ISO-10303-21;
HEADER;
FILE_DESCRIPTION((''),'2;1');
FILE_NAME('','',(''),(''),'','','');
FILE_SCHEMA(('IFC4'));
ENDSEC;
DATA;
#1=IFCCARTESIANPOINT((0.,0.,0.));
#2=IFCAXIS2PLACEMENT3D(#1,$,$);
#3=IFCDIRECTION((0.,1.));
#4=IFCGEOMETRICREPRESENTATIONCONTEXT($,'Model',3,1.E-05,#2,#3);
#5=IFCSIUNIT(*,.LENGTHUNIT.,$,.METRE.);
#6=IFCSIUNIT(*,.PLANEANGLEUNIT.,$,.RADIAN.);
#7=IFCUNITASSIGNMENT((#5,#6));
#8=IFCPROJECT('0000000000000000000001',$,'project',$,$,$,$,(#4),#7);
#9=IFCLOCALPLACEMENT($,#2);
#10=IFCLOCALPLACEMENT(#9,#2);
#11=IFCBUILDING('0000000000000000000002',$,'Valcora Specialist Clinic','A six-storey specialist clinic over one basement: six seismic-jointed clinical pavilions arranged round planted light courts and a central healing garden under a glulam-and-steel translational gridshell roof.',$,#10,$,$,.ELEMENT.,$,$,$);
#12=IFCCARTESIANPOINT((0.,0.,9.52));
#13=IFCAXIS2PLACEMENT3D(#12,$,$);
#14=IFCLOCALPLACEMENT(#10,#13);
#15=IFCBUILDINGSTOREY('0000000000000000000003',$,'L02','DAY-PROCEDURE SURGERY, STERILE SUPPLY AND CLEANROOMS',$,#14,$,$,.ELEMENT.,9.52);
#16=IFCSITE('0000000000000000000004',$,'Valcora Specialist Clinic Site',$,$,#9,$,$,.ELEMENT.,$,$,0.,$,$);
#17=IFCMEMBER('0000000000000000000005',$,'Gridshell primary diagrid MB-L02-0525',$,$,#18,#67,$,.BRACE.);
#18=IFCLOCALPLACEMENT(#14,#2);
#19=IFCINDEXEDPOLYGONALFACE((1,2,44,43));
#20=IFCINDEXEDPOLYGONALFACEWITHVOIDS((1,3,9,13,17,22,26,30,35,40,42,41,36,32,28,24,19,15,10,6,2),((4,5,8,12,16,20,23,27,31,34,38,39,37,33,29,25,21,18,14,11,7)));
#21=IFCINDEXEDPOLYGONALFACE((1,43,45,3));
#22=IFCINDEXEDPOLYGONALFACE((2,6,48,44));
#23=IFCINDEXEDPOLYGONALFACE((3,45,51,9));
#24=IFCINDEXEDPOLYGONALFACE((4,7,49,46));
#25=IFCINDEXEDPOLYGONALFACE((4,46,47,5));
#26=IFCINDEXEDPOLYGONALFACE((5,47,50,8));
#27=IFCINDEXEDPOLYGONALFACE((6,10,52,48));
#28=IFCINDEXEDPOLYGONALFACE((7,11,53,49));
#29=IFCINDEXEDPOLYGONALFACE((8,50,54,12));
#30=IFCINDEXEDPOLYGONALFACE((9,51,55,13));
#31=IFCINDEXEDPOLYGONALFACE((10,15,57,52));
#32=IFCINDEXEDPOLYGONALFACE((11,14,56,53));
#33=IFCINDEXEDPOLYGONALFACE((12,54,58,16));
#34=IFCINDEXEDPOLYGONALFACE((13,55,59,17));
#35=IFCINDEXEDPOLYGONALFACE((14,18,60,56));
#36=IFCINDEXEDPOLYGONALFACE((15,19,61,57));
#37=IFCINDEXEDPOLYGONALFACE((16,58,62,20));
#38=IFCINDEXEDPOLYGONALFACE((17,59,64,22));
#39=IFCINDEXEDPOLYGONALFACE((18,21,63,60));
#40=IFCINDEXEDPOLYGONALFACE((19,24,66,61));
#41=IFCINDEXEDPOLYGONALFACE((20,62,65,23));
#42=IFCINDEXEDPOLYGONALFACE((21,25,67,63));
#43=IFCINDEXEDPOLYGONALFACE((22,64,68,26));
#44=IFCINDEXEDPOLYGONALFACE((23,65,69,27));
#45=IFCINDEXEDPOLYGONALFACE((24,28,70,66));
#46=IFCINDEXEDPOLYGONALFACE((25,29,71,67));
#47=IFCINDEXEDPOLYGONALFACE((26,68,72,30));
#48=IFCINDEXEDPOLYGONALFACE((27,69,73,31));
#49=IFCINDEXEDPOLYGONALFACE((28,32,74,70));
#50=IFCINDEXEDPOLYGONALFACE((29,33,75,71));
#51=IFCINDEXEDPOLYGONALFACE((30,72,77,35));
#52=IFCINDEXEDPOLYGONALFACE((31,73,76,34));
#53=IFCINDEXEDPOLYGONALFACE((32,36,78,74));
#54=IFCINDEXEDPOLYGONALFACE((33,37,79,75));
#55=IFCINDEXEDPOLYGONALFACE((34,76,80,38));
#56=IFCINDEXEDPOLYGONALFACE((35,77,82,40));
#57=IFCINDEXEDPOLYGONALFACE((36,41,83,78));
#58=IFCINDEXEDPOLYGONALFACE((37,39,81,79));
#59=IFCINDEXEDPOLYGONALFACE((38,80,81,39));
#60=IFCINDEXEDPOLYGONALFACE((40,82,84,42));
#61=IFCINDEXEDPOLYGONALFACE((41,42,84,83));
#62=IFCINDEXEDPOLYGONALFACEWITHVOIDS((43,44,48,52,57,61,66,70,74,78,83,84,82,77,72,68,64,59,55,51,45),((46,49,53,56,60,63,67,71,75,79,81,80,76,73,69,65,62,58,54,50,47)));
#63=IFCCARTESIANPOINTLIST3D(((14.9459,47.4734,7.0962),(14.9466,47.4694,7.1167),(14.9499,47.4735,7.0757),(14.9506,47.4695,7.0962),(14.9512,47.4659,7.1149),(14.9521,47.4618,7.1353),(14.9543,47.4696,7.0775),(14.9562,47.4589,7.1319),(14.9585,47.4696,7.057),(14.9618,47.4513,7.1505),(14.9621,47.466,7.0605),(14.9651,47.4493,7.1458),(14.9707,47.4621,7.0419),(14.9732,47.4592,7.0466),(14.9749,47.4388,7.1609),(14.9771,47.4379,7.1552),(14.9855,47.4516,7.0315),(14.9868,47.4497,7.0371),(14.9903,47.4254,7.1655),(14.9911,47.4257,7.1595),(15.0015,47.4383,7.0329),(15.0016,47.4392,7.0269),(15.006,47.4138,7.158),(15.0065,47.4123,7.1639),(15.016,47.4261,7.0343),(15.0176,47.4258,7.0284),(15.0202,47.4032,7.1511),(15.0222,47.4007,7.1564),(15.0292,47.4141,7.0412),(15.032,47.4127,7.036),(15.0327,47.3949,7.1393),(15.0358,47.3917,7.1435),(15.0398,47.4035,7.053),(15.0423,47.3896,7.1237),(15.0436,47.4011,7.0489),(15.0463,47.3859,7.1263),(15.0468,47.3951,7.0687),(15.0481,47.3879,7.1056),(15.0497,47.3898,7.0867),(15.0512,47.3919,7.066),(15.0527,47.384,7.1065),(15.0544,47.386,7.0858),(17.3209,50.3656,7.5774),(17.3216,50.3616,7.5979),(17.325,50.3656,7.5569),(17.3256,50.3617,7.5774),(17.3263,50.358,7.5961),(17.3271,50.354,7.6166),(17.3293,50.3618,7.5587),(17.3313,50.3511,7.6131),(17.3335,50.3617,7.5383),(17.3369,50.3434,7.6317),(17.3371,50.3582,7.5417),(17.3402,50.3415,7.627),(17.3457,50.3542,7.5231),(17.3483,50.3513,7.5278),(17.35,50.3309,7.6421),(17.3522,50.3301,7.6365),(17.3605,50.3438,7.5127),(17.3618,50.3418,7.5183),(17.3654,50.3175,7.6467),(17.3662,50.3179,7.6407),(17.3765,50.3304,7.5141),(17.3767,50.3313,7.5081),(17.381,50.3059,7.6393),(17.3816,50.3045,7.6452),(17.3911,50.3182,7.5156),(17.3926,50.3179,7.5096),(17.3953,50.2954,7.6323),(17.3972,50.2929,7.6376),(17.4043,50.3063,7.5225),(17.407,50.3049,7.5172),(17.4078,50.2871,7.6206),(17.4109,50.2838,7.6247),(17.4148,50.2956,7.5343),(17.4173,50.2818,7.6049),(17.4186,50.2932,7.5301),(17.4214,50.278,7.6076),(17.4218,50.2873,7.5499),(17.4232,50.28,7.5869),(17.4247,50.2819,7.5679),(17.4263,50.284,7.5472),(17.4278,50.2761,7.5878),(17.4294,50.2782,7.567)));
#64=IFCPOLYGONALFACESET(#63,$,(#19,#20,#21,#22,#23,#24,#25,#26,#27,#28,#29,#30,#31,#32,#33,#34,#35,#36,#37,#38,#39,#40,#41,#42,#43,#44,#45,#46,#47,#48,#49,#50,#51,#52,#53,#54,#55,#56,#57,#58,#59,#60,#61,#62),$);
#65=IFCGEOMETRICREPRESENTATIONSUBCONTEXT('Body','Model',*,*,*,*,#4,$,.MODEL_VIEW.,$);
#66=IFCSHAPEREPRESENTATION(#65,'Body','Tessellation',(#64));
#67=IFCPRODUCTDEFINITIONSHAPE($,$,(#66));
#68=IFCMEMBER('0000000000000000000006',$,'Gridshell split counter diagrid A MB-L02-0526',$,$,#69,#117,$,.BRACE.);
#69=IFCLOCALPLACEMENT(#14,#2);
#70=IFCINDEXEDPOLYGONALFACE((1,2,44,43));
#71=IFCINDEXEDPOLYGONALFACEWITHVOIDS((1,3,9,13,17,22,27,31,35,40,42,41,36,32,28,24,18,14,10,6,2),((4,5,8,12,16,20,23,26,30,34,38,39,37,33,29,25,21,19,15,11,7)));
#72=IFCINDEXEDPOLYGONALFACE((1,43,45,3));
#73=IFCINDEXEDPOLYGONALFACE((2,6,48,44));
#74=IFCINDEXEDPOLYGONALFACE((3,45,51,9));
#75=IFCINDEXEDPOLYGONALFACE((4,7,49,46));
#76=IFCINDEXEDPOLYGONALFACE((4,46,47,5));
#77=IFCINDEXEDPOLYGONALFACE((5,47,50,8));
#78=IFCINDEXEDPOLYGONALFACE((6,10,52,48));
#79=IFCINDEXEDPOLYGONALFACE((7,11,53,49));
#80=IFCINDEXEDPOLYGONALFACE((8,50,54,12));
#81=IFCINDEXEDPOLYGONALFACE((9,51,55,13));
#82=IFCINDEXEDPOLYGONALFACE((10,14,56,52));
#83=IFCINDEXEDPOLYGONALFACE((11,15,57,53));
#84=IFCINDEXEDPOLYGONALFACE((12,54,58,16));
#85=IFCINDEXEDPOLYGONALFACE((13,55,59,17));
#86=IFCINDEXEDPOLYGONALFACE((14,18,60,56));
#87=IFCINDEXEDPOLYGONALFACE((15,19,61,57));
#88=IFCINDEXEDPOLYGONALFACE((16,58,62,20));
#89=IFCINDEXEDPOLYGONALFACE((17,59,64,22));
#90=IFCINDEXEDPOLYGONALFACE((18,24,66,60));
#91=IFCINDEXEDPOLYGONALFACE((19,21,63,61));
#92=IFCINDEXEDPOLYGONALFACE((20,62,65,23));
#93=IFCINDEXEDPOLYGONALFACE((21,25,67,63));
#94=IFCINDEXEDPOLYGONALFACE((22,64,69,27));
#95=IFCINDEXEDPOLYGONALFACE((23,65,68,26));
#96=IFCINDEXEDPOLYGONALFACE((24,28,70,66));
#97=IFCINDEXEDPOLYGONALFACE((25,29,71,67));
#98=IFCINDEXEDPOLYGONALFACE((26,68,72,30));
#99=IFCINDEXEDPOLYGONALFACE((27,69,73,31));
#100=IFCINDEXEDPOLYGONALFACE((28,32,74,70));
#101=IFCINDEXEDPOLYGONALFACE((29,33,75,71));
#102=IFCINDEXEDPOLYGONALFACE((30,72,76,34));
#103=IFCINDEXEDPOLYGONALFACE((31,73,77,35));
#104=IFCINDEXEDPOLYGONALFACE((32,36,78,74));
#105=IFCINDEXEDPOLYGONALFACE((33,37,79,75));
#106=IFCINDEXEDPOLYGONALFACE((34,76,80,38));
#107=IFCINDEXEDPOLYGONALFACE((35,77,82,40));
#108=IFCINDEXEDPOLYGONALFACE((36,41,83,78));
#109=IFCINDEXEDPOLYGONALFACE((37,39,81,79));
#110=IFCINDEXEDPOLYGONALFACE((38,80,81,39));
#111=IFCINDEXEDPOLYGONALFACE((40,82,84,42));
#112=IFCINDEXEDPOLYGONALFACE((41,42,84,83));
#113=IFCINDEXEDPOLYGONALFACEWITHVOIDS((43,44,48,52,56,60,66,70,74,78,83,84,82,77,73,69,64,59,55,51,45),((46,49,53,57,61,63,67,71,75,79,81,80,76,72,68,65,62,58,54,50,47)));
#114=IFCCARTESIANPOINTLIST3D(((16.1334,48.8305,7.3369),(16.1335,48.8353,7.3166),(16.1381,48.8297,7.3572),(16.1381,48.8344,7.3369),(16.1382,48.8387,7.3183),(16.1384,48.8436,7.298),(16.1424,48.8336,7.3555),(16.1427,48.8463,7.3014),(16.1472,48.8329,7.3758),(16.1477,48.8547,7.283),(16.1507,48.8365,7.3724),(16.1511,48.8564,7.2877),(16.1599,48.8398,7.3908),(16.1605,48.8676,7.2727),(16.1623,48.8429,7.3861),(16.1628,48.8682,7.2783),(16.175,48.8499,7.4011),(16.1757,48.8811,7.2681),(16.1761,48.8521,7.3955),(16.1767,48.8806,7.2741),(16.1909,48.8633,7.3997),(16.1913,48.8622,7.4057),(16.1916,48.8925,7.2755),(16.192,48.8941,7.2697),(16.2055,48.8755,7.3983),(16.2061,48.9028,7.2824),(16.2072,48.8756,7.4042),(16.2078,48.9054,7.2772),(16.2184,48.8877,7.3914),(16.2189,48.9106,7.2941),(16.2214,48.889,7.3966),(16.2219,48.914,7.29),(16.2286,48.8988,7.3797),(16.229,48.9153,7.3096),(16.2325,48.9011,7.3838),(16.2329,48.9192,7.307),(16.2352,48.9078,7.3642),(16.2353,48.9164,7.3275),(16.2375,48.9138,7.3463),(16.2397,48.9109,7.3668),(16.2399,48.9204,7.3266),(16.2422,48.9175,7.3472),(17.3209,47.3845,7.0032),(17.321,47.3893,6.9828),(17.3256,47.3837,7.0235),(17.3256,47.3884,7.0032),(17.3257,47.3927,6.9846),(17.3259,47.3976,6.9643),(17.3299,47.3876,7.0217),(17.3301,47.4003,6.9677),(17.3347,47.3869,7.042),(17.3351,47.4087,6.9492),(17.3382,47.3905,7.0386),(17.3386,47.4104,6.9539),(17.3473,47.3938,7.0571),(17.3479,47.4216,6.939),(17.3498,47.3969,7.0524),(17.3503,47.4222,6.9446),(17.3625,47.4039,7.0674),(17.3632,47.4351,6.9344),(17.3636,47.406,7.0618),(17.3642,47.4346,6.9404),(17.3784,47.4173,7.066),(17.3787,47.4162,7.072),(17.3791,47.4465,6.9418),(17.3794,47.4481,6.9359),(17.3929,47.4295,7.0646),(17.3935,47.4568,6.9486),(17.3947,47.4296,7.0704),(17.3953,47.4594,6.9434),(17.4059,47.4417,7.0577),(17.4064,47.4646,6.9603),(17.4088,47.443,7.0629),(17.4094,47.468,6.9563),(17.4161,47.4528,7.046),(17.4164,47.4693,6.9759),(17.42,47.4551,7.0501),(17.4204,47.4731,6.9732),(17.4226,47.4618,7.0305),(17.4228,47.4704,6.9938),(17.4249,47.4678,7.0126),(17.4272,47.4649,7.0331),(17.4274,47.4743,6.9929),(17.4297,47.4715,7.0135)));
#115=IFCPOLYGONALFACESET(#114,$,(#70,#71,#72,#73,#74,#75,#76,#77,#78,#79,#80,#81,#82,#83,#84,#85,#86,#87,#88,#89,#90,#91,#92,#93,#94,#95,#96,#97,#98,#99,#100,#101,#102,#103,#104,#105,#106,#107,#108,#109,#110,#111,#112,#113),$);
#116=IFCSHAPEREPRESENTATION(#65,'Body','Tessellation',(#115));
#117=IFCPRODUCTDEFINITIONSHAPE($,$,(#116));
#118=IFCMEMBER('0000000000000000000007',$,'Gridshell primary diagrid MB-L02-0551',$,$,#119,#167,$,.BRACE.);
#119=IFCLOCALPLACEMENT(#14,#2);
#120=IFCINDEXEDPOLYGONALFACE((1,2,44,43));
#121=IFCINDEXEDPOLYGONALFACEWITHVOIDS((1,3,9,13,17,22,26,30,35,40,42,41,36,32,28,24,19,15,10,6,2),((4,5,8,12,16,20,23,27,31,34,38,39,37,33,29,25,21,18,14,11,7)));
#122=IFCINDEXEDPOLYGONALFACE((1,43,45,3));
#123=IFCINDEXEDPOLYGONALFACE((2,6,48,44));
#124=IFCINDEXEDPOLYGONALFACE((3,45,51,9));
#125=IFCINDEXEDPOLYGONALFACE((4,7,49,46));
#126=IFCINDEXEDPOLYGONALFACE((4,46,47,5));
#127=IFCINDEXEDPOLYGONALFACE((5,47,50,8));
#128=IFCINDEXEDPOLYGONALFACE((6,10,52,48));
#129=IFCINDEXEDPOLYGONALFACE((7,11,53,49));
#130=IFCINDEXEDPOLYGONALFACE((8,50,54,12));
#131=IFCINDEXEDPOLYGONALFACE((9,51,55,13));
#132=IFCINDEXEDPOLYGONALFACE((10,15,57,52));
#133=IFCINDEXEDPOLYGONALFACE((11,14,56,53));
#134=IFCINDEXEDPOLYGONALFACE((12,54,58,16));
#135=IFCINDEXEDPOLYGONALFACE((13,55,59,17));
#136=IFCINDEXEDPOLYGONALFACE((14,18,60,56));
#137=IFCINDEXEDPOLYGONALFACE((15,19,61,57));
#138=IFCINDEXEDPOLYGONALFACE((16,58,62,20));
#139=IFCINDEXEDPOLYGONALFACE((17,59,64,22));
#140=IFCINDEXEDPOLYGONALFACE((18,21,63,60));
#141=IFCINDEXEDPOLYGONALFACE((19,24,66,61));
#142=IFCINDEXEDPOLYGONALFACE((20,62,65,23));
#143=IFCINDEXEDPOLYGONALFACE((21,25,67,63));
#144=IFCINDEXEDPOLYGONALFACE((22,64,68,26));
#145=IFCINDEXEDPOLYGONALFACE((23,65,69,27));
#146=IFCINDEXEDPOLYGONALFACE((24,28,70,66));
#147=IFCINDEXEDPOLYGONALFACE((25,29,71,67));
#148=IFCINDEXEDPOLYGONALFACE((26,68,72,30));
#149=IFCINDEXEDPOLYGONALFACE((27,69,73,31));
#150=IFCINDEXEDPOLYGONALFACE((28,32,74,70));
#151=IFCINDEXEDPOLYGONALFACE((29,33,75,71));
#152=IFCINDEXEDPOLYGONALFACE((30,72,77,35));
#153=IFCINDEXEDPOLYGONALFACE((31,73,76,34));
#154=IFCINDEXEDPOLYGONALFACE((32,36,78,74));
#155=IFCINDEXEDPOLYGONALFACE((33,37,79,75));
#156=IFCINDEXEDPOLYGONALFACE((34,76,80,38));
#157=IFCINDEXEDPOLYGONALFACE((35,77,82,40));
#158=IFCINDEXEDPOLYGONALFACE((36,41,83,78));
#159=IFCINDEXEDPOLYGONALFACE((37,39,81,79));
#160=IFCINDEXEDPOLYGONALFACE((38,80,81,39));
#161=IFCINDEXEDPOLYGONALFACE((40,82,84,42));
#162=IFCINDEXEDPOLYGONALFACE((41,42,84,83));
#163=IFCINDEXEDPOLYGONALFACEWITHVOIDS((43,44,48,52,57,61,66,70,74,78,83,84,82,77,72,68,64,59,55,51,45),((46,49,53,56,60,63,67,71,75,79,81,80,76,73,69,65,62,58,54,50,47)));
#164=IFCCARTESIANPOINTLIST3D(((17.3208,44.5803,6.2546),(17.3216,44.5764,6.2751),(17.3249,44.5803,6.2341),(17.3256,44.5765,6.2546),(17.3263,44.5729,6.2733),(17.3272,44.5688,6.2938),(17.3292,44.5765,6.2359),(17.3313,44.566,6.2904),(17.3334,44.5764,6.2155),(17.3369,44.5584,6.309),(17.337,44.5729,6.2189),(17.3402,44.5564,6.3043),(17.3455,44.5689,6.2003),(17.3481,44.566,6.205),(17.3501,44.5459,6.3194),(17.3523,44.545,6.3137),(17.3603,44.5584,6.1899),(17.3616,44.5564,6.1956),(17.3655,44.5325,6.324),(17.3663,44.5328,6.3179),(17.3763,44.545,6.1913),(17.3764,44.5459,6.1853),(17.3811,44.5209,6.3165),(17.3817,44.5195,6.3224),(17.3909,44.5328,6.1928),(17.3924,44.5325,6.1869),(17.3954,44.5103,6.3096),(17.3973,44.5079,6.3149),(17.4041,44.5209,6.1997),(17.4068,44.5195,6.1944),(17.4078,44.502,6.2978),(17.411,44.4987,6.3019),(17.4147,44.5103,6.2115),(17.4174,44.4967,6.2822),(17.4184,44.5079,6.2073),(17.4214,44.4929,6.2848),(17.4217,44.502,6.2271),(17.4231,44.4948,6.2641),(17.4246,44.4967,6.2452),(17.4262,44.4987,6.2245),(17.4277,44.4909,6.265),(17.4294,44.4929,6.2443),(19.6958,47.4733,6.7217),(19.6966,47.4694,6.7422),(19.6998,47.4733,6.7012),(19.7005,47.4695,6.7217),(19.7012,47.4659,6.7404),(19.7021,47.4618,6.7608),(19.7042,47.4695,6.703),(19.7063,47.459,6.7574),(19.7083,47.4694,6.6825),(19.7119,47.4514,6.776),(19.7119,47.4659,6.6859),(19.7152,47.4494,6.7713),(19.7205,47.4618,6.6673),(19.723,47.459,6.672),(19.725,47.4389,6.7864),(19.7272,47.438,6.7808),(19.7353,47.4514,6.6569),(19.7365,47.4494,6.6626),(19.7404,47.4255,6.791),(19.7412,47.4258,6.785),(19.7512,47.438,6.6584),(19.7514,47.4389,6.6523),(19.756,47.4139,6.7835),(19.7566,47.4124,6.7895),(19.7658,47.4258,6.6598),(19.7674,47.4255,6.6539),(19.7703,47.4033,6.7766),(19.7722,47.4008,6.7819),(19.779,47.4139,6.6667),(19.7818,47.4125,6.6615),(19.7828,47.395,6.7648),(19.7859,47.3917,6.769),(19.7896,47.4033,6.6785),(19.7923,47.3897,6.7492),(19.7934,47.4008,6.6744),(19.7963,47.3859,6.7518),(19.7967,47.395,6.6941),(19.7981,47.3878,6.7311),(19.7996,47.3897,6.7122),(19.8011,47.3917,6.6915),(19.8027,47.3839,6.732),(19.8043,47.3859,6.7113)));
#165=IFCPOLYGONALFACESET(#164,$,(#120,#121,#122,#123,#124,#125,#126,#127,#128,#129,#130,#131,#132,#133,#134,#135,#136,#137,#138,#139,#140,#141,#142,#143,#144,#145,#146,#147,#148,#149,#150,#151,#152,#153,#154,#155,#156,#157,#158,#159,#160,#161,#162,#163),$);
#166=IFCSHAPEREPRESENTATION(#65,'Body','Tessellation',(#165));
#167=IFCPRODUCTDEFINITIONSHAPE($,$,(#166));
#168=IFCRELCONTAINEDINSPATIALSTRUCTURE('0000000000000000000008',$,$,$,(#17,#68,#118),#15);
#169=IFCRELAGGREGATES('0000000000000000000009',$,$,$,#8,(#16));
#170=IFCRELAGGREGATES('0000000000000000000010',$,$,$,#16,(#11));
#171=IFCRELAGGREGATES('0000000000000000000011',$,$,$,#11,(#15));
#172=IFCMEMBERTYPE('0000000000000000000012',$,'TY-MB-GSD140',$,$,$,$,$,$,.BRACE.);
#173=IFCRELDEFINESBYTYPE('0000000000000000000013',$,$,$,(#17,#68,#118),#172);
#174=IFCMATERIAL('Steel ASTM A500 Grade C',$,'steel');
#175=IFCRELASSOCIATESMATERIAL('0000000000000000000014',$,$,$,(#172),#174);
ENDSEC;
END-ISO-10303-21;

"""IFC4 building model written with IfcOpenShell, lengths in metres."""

from ifc_helpers import new_model, si_unit, direction, frame, origin, origin_2d, place, context, subcontext, project, spatial, hollow_circle, extrude, material, material_profile, profile_set, type_object, element, save


model = new_model("IFC4")

# Units and contexts
model_context = context("Model", 3, precision=1e-05, world=origin(), true_north=direction((0.0, 1.0)))
body_context = subcontext(model_context, "Body", "Model", "MODEL_VIEW")
ifc_project = project(units=[si_unit("LENGTHUNIT", "METRE"), si_unit("PLANEANGLEUNIT", "RADIAN")], contexts=[model_context])

# Site, building, storey
site_placement = place(None, origin())
site = spatial("IfcSite", under=ifc_project, at=site_placement, Name="Valcora Specialist Clinic Site", CompositionType="ELEMENT", RefElevation=0.0)
building_placement = place(site_placement, origin())
building = spatial("IfcBuilding", under=site, at=building_placement, Name="Valcora Specialist Clinic", Description="A six-storey specialist clinic over one basement: six seismic-jointed clinical pavilions arranged round planted light courts and a central healing garden under a glulam-and-steel translational gridshell roof.", CompositionType="ELEMENT")
storey_placement = place(building_placement, frame((0.0, 0.0, 9.52)))
storey = spatial("IfcBuildingStorey", under=building, at=storey_placement, Name="L02", Description="DAY-PROCEDURE SURGERY, STERILE SUPPLY AND CLEANROOMS", CompositionType="ELEMENT", Elevation=9.52)

# Members
ifc_material_1 = material(Name="Steel ASTM A500 Grade C", Category="steel")
ifc_material_profile_1 = material_profile(ifc_material_1, hollow_circle(Radius=0.0701, WallThickness=0.0061, at=origin_2d()), Name="ST-CHS-140X6")
ifc_profile_set_1 = profile_set([ifc_material_profile_1], Name="Steel ASTM A500 Grade C")
member_type_1 = type_object("IfcMemberType", Name="TY-MB-GSD140", PredefinedType="BRACE", material=ifc_profile_set_1)
member_1_placement = place(storey_placement, frame((15.0, 47.429, 7.0962), z_axis=(0.629454, 0.7665, 0.127534), x_axis=(-0.772811, 0.634636, 0.0)))
element("IfcMember", 1, at=member_1_placement, inside=storey, type_object=member_type_1, Name="Gridshell primary diagrid MB-L02-0525", PredefinedType="BRACE", context=body_context, shape_type="SweptSolid", body=[
    extrude(hollow_circle(Radius=0.0701, WallThickness=0.0061, at=origin_2d()), origin(), (0.0, 0.0, 1.0), 3.7732),
])
member_2_placement = place(storey_placement, frame((17.375, 47.429, 7.0032), z_axis=(-0.624776, 0.760804, 0.17559), x_axis=(-0.772811, -0.634636, 0.0)))
element("IfcMember", 2, at=member_2_placement, inside=storey, type_object=member_type_1, Name="Gridshell split counter diagrid A MB-L02-0526", PredefinedType="BRACE", context=body_context, shape_type="SweptSolid", body=[
    extrude(hollow_circle(Radius=0.0701, WallThickness=0.0061, at=origin_2d()), origin(), (0.0, 0.0, 1.0), 1.9006),
])
member_3_placement = place(storey_placement, frame((17.375, 44.5359, 6.2546), z_axis=(0.629626, 0.766969, 0.123815), x_axis=(-0.772916, 0.634508, 0.0)))
element("IfcMember", 3, at=member_3_placement, inside=storey, type_object=member_type_1, Name="Gridshell primary diagrid MB-L02-0551", PredefinedType="BRACE", context=body_context, shape_type="SweptSolid", body=[
    extrude(hollow_circle(Radius=0.0701, WallThickness=0.0061, at=origin_2d()), origin(), (0.0, 0.0, 1.0), 3.772),
])

save(model, "model.ifc")
